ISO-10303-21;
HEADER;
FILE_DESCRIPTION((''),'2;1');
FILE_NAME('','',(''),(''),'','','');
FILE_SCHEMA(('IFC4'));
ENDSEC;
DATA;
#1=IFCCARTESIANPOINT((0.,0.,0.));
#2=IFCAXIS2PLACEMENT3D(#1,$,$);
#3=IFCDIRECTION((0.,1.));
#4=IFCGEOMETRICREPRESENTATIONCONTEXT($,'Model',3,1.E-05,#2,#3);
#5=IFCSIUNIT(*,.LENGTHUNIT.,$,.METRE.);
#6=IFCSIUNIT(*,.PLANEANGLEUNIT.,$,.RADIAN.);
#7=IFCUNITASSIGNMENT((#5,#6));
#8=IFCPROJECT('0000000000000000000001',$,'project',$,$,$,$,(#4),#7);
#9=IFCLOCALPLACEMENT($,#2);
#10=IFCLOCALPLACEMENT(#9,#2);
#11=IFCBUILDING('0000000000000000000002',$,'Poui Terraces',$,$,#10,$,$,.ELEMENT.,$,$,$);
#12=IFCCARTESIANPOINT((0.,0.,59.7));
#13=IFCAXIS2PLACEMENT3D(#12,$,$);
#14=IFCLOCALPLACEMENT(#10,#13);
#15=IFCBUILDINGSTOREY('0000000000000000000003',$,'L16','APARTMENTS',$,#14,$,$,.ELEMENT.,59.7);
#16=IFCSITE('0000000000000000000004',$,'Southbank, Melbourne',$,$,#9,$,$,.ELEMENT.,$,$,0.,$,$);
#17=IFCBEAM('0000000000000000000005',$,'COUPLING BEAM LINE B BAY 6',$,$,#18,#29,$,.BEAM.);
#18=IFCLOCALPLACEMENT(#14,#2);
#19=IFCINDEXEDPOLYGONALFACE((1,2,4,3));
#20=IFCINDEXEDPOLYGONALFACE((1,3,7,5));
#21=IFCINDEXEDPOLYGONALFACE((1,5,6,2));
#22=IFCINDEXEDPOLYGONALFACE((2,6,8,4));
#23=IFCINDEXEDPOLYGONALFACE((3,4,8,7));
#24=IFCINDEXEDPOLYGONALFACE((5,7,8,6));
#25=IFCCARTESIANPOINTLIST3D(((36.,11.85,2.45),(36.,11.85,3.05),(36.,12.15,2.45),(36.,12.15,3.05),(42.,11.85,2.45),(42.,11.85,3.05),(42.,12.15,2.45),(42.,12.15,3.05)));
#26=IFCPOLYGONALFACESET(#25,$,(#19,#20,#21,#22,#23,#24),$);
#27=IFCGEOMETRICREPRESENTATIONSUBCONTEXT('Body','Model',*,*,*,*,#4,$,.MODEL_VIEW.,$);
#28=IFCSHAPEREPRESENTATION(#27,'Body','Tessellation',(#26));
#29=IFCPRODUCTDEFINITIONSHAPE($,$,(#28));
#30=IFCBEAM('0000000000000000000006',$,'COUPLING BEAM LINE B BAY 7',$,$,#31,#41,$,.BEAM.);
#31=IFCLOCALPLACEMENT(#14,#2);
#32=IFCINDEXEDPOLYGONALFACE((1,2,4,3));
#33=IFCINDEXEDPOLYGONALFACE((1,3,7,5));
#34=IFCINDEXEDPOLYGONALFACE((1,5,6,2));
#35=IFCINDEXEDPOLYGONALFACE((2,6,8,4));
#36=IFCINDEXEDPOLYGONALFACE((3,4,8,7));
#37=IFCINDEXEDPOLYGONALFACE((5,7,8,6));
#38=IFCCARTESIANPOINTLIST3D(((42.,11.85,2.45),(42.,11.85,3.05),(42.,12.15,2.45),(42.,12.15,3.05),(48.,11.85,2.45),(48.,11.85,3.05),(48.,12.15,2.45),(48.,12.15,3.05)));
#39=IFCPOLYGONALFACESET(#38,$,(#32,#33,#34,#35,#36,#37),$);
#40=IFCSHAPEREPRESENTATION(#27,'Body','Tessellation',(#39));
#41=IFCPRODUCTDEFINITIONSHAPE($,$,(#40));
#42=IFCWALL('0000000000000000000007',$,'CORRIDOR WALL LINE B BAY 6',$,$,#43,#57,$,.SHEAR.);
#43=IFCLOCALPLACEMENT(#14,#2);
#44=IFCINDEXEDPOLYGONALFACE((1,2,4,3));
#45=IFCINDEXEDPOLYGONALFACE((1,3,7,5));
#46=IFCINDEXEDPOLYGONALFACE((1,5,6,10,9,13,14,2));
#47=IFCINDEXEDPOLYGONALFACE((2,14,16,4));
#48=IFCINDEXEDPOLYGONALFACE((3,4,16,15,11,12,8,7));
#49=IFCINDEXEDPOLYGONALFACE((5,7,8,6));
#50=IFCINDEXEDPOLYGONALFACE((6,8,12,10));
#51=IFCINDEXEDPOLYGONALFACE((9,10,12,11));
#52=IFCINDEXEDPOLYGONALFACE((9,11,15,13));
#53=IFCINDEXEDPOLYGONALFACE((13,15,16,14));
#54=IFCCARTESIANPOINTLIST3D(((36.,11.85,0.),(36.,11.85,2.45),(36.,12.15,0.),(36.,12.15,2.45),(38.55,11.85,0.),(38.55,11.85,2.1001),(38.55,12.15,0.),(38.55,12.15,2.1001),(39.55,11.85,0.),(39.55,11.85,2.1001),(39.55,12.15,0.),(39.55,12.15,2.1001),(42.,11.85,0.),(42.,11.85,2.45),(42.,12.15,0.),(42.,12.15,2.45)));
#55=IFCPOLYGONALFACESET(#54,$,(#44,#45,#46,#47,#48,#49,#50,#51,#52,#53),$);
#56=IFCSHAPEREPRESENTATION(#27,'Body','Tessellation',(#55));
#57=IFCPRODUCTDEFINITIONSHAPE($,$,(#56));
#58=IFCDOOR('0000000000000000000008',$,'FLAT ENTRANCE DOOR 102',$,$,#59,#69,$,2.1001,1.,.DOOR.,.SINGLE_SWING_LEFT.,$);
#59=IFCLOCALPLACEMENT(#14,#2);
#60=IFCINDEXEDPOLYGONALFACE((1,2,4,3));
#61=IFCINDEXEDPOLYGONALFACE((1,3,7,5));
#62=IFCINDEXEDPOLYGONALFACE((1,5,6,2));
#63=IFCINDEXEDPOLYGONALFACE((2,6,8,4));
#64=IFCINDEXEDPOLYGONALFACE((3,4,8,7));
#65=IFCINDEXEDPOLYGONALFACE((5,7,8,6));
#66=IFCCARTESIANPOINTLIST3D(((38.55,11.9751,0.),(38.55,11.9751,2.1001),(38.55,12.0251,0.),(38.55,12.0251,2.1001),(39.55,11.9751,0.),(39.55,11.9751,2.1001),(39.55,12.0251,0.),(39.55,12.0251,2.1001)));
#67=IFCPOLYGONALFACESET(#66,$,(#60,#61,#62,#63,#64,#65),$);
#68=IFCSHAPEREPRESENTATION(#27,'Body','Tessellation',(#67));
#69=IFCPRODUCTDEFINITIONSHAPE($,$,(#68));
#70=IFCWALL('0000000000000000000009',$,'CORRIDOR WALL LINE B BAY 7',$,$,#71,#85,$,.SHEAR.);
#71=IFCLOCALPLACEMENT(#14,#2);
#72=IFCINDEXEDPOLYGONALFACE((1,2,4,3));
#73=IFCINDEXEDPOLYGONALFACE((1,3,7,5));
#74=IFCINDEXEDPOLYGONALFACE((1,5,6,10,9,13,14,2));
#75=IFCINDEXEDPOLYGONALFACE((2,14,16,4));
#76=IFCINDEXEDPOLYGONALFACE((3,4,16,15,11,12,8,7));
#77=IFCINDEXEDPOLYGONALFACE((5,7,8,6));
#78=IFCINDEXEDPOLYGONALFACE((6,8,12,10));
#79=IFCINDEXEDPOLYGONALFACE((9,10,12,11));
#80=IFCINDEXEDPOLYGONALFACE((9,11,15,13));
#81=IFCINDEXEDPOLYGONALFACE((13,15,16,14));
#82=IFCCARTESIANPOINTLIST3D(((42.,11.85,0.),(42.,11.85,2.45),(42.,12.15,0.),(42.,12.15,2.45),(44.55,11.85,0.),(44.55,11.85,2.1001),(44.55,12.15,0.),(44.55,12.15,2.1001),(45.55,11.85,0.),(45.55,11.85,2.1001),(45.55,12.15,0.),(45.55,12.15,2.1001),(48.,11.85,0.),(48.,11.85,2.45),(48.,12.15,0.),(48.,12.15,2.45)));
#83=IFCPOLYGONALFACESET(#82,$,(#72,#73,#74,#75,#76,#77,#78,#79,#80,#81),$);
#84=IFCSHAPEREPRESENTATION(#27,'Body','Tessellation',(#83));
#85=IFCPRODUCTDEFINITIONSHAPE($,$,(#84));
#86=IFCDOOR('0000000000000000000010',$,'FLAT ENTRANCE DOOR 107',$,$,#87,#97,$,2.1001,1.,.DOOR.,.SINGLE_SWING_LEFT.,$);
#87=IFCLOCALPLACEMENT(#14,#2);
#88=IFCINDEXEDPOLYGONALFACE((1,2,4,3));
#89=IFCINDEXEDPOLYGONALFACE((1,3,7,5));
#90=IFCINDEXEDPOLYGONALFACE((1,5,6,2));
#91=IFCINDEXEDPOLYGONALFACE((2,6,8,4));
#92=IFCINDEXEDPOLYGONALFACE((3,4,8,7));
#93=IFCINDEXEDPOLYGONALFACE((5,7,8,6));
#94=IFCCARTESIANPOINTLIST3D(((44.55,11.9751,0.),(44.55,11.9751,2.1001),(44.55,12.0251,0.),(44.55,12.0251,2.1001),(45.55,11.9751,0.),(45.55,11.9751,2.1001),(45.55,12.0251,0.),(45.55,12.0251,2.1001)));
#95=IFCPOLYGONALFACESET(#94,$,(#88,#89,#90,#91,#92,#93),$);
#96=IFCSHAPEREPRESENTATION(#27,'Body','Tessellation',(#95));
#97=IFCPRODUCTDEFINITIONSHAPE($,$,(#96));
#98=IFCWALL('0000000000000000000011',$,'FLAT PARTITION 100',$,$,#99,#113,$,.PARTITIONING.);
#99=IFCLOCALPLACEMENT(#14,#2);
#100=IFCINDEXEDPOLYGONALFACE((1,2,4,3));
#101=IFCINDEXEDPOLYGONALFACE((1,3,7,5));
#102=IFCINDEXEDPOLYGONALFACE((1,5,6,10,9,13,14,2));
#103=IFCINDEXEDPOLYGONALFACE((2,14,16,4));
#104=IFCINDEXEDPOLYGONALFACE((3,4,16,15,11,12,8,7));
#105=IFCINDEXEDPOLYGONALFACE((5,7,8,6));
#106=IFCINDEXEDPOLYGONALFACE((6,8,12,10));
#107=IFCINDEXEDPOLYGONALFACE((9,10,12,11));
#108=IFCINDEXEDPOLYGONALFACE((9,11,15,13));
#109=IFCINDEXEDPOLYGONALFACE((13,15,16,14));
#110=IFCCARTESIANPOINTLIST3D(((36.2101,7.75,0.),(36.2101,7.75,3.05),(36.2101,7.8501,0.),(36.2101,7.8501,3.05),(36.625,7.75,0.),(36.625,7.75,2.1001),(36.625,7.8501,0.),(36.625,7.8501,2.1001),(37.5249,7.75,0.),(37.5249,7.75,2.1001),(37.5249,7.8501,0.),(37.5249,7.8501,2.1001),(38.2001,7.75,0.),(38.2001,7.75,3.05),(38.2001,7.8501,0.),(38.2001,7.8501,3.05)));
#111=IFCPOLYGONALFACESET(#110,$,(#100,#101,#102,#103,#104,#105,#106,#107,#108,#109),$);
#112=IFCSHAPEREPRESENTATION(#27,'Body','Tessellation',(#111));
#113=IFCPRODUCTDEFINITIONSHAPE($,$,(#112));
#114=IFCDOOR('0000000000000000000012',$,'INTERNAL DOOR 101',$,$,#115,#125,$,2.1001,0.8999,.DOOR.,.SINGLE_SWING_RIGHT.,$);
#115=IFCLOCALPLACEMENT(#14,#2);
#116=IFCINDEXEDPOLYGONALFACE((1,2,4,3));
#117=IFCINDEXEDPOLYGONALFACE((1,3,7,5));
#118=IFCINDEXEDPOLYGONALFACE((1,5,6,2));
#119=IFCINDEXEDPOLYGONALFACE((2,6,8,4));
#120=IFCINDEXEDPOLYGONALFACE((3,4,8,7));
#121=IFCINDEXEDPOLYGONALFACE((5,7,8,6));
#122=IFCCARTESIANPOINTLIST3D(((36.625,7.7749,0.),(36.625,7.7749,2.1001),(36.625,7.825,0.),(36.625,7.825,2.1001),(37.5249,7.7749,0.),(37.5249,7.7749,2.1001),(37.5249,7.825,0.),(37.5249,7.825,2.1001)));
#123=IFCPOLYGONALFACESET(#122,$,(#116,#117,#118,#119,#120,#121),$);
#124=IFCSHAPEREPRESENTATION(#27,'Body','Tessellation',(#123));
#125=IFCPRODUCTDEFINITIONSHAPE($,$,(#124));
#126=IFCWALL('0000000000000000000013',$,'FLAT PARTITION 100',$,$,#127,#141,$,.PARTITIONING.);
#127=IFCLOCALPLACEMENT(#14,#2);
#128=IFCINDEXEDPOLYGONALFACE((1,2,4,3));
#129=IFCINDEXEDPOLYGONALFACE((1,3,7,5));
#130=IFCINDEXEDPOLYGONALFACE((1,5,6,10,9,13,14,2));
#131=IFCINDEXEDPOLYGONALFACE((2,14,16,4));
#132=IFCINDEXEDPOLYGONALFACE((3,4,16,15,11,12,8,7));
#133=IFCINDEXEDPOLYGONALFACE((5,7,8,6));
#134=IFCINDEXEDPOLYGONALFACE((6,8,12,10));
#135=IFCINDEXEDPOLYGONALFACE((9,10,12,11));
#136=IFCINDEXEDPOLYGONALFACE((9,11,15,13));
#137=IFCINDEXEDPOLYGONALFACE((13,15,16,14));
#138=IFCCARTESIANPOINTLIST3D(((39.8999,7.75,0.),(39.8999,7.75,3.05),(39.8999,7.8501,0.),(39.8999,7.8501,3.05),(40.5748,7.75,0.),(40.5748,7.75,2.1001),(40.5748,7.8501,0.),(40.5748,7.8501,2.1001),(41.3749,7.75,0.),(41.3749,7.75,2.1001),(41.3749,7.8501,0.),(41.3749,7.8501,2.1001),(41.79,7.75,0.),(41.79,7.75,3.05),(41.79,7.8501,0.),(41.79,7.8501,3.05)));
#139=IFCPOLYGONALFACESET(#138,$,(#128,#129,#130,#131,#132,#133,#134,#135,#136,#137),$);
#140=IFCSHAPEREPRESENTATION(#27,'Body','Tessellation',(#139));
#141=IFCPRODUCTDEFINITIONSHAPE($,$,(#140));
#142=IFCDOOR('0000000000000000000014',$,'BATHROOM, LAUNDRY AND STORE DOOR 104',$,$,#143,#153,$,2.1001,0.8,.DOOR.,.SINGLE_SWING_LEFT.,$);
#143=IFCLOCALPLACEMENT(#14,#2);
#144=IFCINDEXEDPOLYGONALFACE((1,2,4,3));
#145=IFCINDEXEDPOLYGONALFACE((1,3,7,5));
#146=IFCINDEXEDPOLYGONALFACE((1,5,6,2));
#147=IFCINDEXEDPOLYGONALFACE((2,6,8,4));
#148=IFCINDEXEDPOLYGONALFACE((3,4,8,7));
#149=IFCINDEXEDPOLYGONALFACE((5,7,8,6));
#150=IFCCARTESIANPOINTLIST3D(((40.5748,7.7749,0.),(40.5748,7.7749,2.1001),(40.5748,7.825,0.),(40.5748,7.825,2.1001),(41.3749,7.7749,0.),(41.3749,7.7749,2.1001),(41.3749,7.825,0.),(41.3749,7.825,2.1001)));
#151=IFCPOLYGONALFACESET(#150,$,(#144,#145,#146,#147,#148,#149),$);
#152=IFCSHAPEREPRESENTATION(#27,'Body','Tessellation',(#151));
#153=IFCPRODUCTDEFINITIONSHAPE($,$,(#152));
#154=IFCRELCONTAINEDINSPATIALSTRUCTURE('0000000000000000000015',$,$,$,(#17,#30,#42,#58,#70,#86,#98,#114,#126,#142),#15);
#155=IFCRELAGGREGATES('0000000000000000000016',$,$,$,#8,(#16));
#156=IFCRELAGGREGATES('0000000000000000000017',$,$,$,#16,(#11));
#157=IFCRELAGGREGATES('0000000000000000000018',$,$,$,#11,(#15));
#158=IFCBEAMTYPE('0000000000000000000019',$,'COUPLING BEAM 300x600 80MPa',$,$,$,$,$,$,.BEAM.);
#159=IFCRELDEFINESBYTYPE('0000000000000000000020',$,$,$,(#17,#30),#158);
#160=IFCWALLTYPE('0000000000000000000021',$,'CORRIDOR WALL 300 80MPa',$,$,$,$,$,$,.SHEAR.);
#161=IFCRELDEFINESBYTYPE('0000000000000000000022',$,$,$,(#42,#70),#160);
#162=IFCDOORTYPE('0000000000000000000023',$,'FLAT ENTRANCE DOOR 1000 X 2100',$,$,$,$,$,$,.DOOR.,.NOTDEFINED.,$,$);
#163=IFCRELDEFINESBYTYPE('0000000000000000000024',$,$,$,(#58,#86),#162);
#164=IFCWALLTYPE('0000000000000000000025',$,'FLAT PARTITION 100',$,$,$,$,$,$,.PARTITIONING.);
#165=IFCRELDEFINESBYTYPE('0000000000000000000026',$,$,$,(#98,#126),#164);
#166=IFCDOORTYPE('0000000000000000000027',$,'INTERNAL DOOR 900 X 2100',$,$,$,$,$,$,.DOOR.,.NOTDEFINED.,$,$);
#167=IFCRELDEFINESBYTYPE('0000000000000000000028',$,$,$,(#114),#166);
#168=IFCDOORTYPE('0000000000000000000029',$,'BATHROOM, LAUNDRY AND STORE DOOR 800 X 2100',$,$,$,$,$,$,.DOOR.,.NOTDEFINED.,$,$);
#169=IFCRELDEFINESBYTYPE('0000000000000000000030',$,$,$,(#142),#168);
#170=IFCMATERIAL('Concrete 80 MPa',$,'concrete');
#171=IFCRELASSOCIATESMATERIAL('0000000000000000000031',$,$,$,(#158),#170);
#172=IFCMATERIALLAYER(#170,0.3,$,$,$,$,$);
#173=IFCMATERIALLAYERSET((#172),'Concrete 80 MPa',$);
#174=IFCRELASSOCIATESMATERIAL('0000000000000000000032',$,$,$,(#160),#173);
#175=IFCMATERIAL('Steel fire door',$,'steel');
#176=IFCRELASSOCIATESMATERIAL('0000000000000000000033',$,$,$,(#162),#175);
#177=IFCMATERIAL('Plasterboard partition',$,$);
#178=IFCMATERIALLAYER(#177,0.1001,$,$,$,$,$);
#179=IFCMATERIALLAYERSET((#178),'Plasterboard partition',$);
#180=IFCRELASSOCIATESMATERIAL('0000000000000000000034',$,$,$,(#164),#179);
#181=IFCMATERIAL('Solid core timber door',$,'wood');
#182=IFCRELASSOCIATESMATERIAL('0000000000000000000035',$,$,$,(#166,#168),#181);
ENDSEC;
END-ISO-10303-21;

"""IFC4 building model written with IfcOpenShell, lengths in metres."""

from ifc_helpers import new_model, si_unit, direction, frame, frame_2d, origin, origin_2d, place, context, subcontext, project, spatial, rectangle, extrude, source, transform, mapped, material, layer, layer_set, material_profile, profile_set, type_object, element, fill, save


model = new_model("IFC4")

# Units and contexts
model_context = context("Model", 3, precision=1e-05, world=origin(), true_north=direction((0.0, 1.0)))
body_context = subcontext(model_context, "Body", "Model", "MODEL_VIEW")
ifc_project = project(units=[si_unit("LENGTHUNIT", "METRE"), si_unit("PLANEANGLEUNIT", "RADIAN")], contexts=[model_context])

# Site, building, storey
site_placement = place(None, origin())
site = spatial("IfcSite", under=ifc_project, at=site_placement, Name="Southbank, Melbourne", CompositionType="ELEMENT", RefElevation=0.0)
building_placement = place(site_placement, origin())
building = spatial("IfcBuilding", under=site, at=building_placement, Name="Poui Terraces", CompositionType="ELEMENT")
storey_placement = place(building_placement, frame((0.0, 0.0, 59.7)))
storey = spatial("IfcBuildingStorey", under=building, at=storey_placement, Name="L16", Description="APARTMENTS", CompositionType="ELEMENT", Elevation=59.7)

# Beams
ifc_material_1 = material(Name="Concrete 80 MPa", Category="concrete")
ifc_material_profile = material_profile(ifc_material_1, rectangle(XDim=0.3, YDim=0.6001, at=origin_2d()), Name="RC 300x600")
ifc_profile_set = profile_set([ifc_material_profile], Name="Concrete 80 MPa")
beam_type = type_object("IfcBeamType", Name="COUPLING BEAM 300x600 80MPa", PredefinedType="BEAM", material=ifc_profile_set)
shared_shape = source(origin(), body_context, "Body", "SweptSolid", [
    extrude(rectangle(XDim=0.3, YDim=0.6001, at=origin_2d()), origin(), (0.0, 0.0, 1.0), 6.0),
])
for number, where, z_axis, x_axis, name in (
    (1, (36.0, 12.0, 2.75), (1.0, 0.0, 0.0), (0.0, 1.0, 0.0), "COUPLING BEAM LINE B BAY 6"),
    (2, (42.0, 12.0, 2.75), (1.0, 0.0, 0.0), (0.0, 1.0, 0.0), "COUPLING BEAM LINE B BAY 7"),
):
    element("IfcBeam", number, at=place(storey_placement, frame(where, z_axis=z_axis, x_axis=x_axis)), inside=storey, type_object=beam_type, Name=name, PredefinedType="BEAM", context=body_context, shape_type="MappedRepresentation", body=[
        mapped(shared_shape, transform((0.0, 0.0, 0.0))),
    ])

# Walls, openings, doors
ifc_layer_1 = layer(ifc_material_1, 0.3)
ifc_layer_set_1 = layer_set([ifc_layer_1], Name="Concrete 80 MPa")
wall_type_1 = type_object("IfcWallType", Name="CORRIDOR WALL 300 80MPa", PredefinedType="SHEAR", material=ifc_layer_set_1)
wall_1_placement = place(storey_placement, frame((36.0, 12.0, 0.0), z_axis=(0.0, 0.0, 1.0), x_axis=(1.0, 0.0, 0.0)))
wall_1 = element("IfcWall", 3, at=wall_1_placement, inside=storey, type_object=wall_type_1, Name="CORRIDOR WALL LINE B BAY 6", PredefinedType="SHEAR", context=body_context, shape_type="SweptSolid", body=[
    extrude(rectangle(XDim=6.0, YDim=0.3, at=frame_2d((3.0, 0.0))), origin(), (0.0, 0.0, 1.0), 2.45),
])
opening_1_placement = place(wall_1_placement, frame((2.55, 0.0, 0.0)))
opening_1 = element("IfcOpeningElement", 4, at=opening_1_placement, cuts=wall_1, PredefinedType="OPENING", context=body_context, shape_type="SweptSolid", body=[
    extrude(rectangle(XDim=1.0, YDim=2.1001, at=frame_2d((0.5, 1.05))), frame((0.0, 0.1602, 0.0), z_axis=(0.0, -1.0, 0.0), x_axis=(1.0, 0.0, 0.0)), (0.0, 0.0, 1.0), 0.3201),
])
ifc_material_2 = material(Name="Steel fire door", Category="steel")
door_type_1 = type_object("IfcDoorType", Name="FLAT ENTRANCE DOOR 1000 X 2100", OperationType="NOTDEFINED", PredefinedType="DOOR", material=ifc_material_2)
door_1_placement = place(opening_1_placement, frame((1.0, 0.0, 0.0), z_axis=(0.0, 0.0, 1.0), x_axis=(-1.0, 0.0, 0.0)))
door_1 = element("IfcDoor", 5, at=door_1_placement, inside=storey, type_object=door_type_1, Name="FLAT ENTRANCE DOOR 102", OperationType="SINGLE_SWING_LEFT", OverallHeight=2.1001, OverallWidth=1.0, PredefinedType="DOOR", context=body_context, shape_type="SweptSolid", body=[
    extrude(rectangle(XDim=1.0, YDim=2.1001, at=frame_2d((0.5, 1.05))), frame((0.0, 0.0249, 0.0), z_axis=(0.0, -1.0, 0.0), x_axis=(1.0, 0.0, 0.0)), (0.0, 0.0, 1.0), 0.05),
])
fill(opening_1, door_1)
wall_2_placement = place(storey_placement, frame((42.0, 12.0, 0.0), z_axis=(0.0, 0.0, 1.0), x_axis=(1.0, 0.0, 0.0)))
wall_2 = element("IfcWall", 6, at=wall_2_placement, inside=storey, type_object=wall_type_1, Name="CORRIDOR WALL LINE B BAY 7", PredefinedType="SHEAR", context=body_context, shape_type="SweptSolid", body=[
    extrude(rectangle(XDim=6.0, YDim=0.3, at=frame_2d((3.0, 0.0))), origin(), (0.0, 0.0, 1.0), 2.45),
])
opening_2_placement = place(wall_2_placement, frame((2.55, 0.0, 0.0)))
opening_2 = element("IfcOpeningElement", 7, at=opening_2_placement, cuts=wall_2, PredefinedType="OPENING", context=body_context, shape_type="SweptSolid", body=[
    extrude(rectangle(XDim=1.0, YDim=2.1001, at=frame_2d((0.5, 1.05))), frame((0.0, 0.1602, 0.0), z_axis=(0.0, -1.0, 0.0), x_axis=(1.0, 0.0, 0.0)), (0.0, 0.0, 1.0), 0.3201),
])
door_2_placement = place(opening_2_placement, frame((1.0, 0.0, 0.0), z_axis=(0.0, 0.0, 1.0), x_axis=(-1.0, 0.0, 0.0)))
door_2 = element("IfcDoor", 8, at=door_2_placement, inside=storey, type_object=door_type_1, Name="FLAT ENTRANCE DOOR 107", OperationType="SINGLE_SWING_LEFT", OverallHeight=2.1001, OverallWidth=1.0, PredefinedType="DOOR", context=body_context, shape_type="SweptSolid", body=[
    extrude(rectangle(XDim=1.0, YDim=2.1001, at=frame_2d((0.5, 1.05))), frame((0.0, 0.0249, 0.0), z_axis=(0.0, -1.0, 0.0), x_axis=(1.0, 0.0, 0.0)), (0.0, 0.0, 1.0), 0.05),
])
fill(opening_2, door_2)
ifc_material_3 = material(Name="Plasterboard partition")
ifc_layer_2 = layer(ifc_material_3, 0.1001)
ifc_layer_set_2 = layer_set([ifc_layer_2], Name="Plasterboard partition")
wall_type_2 = type_object("IfcWallType", Name="FLAT PARTITION 100", PredefinedType="PARTITIONING", material=ifc_layer_set_2)
wall_3_placement = place(storey_placement, frame((36.21, 7.8, 0.0), z_axis=(0.0, 0.0, 1.0), x_axis=(1.0, 0.0, 0.0)))
wall_3 = element("IfcWall", 9, at=wall_3_placement, inside=storey, type_object=wall_type_2, Name="FLAT PARTITION 100", PredefinedType="PARTITIONING", context=body_context, shape_type="SweptSolid", body=[
    extrude(rectangle(XDim=1.99, YDim=0.1001, at=frame_2d((0.9951, 0.0))), origin(), (0.0, 0.0, 1.0), 3.05),
])
opening_3_placement = place(wall_3_placement, frame((0.415, 0.0, 0.0)))
opening_3 = element("IfcOpeningElement", 10, at=opening_3_placement, cuts=wall_3, PredefinedType="OPENING", context=body_context, shape_type="SweptSolid", body=[
    extrude(rectangle(XDim=0.8999, YDim=2.1001, at=frame_2d((0.45, 1.05))), frame((0.0, 0.0601, 0.0), z_axis=(0.0, -1.0, 0.0), x_axis=(1.0, 0.0, 0.0)), (0.0, 0.0, 1.0), 0.1201),
])
ifc_material_4 = material(Name="Solid core timber door", Category="wood")
door_type_2 = type_object("IfcDoorType", Name="INTERNAL DOOR 900 X 2100", OperationType="NOTDEFINED", PredefinedType="DOOR", material=ifc_material_4)
door_3_placement = place(opening_3_placement, origin())
door_3 = element("IfcDoor", 11, at=door_3_placement, inside=storey, type_object=door_type_2, Name="INTERNAL DOOR 101", OperationType="SINGLE_SWING_RIGHT", OverallHeight=2.1001, OverallWidth=0.8999, PredefinedType="DOOR", context=body_context, shape_type="SweptSolid", body=[
    extrude(rectangle(XDim=0.8999, YDim=2.1001, at=frame_2d((0.45, 1.05))), frame((0.0, 0.0249, 0.0), z_axis=(0.0, -1.0, 0.0), x_axis=(1.0, 0.0, 0.0)), (0.0, 0.0, 1.0), 0.05),
])
fill(opening_3, door_3)
wall_4_placement = place(storey_placement, frame((39.8999, 7.8, 0.0), z_axis=(0.0, 0.0, 1.0), x_axis=(1.0, 0.0, 0.0)))
wall_4 = element("IfcWall", 12, at=wall_4_placement, inside=storey, type_object=wall_type_2, Name="FLAT PARTITION 100", PredefinedType="PARTITIONING", context=body_context, shape_type="SweptSolid", body=[
    extrude(rectangle(XDim=1.8901, YDim=0.1001, at=frame_2d((0.9451, 0.0))), origin(), (0.0, 0.0, 1.0), 3.05),
])
opening_4_placement = place(wall_4_placement, frame((0.675, 0.0, 0.0)))
opening_4 = element("IfcOpeningElement", 13, at=opening_4_placement, cuts=wall_4, PredefinedType="OPENING", context=body_context, shape_type="SweptSolid", body=[
    extrude(rectangle(XDim=0.8, YDim=2.1001, at=frame_2d((0.3999, 1.05))), frame((0.0, 0.0601, 0.0), z_axis=(0.0, -1.0, 0.0), x_axis=(1.0, 0.0, 0.0)), (0.0, 0.0, 1.0), 0.1201),
])
door_type_3 = type_object("IfcDoorType", Name="BATHROOM, LAUNDRY AND STORE DOOR 800 X 2100", OperationType="NOTDEFINED", PredefinedType="DOOR", material=ifc_material_4)
door_4_placement = place(opening_4_placement, origin())
door_4 = element("IfcDoor", 14, at=door_4_placement, inside=storey, type_object=door_type_3, Name="BATHROOM, LAUNDRY AND STORE DOOR 104", OperationType="SINGLE_SWING_LEFT", OverallHeight=2.1001, OverallWidth=0.8, PredefinedType="DOOR", context=body_context, shape_type="SweptSolid", body=[
    extrude(rectangle(XDim=0.8, YDim=2.1001, at=frame_2d((0.3999, 1.05))), frame((0.0, 0.0249, 0.0), z_axis=(0.0, -1.0, 0.0), x_axis=(1.0, 0.0, 0.0)), (0.0, 0.0, 1.0), 0.05),
])
fill(opening_4, door_4)

save(model, "model.ifc")
